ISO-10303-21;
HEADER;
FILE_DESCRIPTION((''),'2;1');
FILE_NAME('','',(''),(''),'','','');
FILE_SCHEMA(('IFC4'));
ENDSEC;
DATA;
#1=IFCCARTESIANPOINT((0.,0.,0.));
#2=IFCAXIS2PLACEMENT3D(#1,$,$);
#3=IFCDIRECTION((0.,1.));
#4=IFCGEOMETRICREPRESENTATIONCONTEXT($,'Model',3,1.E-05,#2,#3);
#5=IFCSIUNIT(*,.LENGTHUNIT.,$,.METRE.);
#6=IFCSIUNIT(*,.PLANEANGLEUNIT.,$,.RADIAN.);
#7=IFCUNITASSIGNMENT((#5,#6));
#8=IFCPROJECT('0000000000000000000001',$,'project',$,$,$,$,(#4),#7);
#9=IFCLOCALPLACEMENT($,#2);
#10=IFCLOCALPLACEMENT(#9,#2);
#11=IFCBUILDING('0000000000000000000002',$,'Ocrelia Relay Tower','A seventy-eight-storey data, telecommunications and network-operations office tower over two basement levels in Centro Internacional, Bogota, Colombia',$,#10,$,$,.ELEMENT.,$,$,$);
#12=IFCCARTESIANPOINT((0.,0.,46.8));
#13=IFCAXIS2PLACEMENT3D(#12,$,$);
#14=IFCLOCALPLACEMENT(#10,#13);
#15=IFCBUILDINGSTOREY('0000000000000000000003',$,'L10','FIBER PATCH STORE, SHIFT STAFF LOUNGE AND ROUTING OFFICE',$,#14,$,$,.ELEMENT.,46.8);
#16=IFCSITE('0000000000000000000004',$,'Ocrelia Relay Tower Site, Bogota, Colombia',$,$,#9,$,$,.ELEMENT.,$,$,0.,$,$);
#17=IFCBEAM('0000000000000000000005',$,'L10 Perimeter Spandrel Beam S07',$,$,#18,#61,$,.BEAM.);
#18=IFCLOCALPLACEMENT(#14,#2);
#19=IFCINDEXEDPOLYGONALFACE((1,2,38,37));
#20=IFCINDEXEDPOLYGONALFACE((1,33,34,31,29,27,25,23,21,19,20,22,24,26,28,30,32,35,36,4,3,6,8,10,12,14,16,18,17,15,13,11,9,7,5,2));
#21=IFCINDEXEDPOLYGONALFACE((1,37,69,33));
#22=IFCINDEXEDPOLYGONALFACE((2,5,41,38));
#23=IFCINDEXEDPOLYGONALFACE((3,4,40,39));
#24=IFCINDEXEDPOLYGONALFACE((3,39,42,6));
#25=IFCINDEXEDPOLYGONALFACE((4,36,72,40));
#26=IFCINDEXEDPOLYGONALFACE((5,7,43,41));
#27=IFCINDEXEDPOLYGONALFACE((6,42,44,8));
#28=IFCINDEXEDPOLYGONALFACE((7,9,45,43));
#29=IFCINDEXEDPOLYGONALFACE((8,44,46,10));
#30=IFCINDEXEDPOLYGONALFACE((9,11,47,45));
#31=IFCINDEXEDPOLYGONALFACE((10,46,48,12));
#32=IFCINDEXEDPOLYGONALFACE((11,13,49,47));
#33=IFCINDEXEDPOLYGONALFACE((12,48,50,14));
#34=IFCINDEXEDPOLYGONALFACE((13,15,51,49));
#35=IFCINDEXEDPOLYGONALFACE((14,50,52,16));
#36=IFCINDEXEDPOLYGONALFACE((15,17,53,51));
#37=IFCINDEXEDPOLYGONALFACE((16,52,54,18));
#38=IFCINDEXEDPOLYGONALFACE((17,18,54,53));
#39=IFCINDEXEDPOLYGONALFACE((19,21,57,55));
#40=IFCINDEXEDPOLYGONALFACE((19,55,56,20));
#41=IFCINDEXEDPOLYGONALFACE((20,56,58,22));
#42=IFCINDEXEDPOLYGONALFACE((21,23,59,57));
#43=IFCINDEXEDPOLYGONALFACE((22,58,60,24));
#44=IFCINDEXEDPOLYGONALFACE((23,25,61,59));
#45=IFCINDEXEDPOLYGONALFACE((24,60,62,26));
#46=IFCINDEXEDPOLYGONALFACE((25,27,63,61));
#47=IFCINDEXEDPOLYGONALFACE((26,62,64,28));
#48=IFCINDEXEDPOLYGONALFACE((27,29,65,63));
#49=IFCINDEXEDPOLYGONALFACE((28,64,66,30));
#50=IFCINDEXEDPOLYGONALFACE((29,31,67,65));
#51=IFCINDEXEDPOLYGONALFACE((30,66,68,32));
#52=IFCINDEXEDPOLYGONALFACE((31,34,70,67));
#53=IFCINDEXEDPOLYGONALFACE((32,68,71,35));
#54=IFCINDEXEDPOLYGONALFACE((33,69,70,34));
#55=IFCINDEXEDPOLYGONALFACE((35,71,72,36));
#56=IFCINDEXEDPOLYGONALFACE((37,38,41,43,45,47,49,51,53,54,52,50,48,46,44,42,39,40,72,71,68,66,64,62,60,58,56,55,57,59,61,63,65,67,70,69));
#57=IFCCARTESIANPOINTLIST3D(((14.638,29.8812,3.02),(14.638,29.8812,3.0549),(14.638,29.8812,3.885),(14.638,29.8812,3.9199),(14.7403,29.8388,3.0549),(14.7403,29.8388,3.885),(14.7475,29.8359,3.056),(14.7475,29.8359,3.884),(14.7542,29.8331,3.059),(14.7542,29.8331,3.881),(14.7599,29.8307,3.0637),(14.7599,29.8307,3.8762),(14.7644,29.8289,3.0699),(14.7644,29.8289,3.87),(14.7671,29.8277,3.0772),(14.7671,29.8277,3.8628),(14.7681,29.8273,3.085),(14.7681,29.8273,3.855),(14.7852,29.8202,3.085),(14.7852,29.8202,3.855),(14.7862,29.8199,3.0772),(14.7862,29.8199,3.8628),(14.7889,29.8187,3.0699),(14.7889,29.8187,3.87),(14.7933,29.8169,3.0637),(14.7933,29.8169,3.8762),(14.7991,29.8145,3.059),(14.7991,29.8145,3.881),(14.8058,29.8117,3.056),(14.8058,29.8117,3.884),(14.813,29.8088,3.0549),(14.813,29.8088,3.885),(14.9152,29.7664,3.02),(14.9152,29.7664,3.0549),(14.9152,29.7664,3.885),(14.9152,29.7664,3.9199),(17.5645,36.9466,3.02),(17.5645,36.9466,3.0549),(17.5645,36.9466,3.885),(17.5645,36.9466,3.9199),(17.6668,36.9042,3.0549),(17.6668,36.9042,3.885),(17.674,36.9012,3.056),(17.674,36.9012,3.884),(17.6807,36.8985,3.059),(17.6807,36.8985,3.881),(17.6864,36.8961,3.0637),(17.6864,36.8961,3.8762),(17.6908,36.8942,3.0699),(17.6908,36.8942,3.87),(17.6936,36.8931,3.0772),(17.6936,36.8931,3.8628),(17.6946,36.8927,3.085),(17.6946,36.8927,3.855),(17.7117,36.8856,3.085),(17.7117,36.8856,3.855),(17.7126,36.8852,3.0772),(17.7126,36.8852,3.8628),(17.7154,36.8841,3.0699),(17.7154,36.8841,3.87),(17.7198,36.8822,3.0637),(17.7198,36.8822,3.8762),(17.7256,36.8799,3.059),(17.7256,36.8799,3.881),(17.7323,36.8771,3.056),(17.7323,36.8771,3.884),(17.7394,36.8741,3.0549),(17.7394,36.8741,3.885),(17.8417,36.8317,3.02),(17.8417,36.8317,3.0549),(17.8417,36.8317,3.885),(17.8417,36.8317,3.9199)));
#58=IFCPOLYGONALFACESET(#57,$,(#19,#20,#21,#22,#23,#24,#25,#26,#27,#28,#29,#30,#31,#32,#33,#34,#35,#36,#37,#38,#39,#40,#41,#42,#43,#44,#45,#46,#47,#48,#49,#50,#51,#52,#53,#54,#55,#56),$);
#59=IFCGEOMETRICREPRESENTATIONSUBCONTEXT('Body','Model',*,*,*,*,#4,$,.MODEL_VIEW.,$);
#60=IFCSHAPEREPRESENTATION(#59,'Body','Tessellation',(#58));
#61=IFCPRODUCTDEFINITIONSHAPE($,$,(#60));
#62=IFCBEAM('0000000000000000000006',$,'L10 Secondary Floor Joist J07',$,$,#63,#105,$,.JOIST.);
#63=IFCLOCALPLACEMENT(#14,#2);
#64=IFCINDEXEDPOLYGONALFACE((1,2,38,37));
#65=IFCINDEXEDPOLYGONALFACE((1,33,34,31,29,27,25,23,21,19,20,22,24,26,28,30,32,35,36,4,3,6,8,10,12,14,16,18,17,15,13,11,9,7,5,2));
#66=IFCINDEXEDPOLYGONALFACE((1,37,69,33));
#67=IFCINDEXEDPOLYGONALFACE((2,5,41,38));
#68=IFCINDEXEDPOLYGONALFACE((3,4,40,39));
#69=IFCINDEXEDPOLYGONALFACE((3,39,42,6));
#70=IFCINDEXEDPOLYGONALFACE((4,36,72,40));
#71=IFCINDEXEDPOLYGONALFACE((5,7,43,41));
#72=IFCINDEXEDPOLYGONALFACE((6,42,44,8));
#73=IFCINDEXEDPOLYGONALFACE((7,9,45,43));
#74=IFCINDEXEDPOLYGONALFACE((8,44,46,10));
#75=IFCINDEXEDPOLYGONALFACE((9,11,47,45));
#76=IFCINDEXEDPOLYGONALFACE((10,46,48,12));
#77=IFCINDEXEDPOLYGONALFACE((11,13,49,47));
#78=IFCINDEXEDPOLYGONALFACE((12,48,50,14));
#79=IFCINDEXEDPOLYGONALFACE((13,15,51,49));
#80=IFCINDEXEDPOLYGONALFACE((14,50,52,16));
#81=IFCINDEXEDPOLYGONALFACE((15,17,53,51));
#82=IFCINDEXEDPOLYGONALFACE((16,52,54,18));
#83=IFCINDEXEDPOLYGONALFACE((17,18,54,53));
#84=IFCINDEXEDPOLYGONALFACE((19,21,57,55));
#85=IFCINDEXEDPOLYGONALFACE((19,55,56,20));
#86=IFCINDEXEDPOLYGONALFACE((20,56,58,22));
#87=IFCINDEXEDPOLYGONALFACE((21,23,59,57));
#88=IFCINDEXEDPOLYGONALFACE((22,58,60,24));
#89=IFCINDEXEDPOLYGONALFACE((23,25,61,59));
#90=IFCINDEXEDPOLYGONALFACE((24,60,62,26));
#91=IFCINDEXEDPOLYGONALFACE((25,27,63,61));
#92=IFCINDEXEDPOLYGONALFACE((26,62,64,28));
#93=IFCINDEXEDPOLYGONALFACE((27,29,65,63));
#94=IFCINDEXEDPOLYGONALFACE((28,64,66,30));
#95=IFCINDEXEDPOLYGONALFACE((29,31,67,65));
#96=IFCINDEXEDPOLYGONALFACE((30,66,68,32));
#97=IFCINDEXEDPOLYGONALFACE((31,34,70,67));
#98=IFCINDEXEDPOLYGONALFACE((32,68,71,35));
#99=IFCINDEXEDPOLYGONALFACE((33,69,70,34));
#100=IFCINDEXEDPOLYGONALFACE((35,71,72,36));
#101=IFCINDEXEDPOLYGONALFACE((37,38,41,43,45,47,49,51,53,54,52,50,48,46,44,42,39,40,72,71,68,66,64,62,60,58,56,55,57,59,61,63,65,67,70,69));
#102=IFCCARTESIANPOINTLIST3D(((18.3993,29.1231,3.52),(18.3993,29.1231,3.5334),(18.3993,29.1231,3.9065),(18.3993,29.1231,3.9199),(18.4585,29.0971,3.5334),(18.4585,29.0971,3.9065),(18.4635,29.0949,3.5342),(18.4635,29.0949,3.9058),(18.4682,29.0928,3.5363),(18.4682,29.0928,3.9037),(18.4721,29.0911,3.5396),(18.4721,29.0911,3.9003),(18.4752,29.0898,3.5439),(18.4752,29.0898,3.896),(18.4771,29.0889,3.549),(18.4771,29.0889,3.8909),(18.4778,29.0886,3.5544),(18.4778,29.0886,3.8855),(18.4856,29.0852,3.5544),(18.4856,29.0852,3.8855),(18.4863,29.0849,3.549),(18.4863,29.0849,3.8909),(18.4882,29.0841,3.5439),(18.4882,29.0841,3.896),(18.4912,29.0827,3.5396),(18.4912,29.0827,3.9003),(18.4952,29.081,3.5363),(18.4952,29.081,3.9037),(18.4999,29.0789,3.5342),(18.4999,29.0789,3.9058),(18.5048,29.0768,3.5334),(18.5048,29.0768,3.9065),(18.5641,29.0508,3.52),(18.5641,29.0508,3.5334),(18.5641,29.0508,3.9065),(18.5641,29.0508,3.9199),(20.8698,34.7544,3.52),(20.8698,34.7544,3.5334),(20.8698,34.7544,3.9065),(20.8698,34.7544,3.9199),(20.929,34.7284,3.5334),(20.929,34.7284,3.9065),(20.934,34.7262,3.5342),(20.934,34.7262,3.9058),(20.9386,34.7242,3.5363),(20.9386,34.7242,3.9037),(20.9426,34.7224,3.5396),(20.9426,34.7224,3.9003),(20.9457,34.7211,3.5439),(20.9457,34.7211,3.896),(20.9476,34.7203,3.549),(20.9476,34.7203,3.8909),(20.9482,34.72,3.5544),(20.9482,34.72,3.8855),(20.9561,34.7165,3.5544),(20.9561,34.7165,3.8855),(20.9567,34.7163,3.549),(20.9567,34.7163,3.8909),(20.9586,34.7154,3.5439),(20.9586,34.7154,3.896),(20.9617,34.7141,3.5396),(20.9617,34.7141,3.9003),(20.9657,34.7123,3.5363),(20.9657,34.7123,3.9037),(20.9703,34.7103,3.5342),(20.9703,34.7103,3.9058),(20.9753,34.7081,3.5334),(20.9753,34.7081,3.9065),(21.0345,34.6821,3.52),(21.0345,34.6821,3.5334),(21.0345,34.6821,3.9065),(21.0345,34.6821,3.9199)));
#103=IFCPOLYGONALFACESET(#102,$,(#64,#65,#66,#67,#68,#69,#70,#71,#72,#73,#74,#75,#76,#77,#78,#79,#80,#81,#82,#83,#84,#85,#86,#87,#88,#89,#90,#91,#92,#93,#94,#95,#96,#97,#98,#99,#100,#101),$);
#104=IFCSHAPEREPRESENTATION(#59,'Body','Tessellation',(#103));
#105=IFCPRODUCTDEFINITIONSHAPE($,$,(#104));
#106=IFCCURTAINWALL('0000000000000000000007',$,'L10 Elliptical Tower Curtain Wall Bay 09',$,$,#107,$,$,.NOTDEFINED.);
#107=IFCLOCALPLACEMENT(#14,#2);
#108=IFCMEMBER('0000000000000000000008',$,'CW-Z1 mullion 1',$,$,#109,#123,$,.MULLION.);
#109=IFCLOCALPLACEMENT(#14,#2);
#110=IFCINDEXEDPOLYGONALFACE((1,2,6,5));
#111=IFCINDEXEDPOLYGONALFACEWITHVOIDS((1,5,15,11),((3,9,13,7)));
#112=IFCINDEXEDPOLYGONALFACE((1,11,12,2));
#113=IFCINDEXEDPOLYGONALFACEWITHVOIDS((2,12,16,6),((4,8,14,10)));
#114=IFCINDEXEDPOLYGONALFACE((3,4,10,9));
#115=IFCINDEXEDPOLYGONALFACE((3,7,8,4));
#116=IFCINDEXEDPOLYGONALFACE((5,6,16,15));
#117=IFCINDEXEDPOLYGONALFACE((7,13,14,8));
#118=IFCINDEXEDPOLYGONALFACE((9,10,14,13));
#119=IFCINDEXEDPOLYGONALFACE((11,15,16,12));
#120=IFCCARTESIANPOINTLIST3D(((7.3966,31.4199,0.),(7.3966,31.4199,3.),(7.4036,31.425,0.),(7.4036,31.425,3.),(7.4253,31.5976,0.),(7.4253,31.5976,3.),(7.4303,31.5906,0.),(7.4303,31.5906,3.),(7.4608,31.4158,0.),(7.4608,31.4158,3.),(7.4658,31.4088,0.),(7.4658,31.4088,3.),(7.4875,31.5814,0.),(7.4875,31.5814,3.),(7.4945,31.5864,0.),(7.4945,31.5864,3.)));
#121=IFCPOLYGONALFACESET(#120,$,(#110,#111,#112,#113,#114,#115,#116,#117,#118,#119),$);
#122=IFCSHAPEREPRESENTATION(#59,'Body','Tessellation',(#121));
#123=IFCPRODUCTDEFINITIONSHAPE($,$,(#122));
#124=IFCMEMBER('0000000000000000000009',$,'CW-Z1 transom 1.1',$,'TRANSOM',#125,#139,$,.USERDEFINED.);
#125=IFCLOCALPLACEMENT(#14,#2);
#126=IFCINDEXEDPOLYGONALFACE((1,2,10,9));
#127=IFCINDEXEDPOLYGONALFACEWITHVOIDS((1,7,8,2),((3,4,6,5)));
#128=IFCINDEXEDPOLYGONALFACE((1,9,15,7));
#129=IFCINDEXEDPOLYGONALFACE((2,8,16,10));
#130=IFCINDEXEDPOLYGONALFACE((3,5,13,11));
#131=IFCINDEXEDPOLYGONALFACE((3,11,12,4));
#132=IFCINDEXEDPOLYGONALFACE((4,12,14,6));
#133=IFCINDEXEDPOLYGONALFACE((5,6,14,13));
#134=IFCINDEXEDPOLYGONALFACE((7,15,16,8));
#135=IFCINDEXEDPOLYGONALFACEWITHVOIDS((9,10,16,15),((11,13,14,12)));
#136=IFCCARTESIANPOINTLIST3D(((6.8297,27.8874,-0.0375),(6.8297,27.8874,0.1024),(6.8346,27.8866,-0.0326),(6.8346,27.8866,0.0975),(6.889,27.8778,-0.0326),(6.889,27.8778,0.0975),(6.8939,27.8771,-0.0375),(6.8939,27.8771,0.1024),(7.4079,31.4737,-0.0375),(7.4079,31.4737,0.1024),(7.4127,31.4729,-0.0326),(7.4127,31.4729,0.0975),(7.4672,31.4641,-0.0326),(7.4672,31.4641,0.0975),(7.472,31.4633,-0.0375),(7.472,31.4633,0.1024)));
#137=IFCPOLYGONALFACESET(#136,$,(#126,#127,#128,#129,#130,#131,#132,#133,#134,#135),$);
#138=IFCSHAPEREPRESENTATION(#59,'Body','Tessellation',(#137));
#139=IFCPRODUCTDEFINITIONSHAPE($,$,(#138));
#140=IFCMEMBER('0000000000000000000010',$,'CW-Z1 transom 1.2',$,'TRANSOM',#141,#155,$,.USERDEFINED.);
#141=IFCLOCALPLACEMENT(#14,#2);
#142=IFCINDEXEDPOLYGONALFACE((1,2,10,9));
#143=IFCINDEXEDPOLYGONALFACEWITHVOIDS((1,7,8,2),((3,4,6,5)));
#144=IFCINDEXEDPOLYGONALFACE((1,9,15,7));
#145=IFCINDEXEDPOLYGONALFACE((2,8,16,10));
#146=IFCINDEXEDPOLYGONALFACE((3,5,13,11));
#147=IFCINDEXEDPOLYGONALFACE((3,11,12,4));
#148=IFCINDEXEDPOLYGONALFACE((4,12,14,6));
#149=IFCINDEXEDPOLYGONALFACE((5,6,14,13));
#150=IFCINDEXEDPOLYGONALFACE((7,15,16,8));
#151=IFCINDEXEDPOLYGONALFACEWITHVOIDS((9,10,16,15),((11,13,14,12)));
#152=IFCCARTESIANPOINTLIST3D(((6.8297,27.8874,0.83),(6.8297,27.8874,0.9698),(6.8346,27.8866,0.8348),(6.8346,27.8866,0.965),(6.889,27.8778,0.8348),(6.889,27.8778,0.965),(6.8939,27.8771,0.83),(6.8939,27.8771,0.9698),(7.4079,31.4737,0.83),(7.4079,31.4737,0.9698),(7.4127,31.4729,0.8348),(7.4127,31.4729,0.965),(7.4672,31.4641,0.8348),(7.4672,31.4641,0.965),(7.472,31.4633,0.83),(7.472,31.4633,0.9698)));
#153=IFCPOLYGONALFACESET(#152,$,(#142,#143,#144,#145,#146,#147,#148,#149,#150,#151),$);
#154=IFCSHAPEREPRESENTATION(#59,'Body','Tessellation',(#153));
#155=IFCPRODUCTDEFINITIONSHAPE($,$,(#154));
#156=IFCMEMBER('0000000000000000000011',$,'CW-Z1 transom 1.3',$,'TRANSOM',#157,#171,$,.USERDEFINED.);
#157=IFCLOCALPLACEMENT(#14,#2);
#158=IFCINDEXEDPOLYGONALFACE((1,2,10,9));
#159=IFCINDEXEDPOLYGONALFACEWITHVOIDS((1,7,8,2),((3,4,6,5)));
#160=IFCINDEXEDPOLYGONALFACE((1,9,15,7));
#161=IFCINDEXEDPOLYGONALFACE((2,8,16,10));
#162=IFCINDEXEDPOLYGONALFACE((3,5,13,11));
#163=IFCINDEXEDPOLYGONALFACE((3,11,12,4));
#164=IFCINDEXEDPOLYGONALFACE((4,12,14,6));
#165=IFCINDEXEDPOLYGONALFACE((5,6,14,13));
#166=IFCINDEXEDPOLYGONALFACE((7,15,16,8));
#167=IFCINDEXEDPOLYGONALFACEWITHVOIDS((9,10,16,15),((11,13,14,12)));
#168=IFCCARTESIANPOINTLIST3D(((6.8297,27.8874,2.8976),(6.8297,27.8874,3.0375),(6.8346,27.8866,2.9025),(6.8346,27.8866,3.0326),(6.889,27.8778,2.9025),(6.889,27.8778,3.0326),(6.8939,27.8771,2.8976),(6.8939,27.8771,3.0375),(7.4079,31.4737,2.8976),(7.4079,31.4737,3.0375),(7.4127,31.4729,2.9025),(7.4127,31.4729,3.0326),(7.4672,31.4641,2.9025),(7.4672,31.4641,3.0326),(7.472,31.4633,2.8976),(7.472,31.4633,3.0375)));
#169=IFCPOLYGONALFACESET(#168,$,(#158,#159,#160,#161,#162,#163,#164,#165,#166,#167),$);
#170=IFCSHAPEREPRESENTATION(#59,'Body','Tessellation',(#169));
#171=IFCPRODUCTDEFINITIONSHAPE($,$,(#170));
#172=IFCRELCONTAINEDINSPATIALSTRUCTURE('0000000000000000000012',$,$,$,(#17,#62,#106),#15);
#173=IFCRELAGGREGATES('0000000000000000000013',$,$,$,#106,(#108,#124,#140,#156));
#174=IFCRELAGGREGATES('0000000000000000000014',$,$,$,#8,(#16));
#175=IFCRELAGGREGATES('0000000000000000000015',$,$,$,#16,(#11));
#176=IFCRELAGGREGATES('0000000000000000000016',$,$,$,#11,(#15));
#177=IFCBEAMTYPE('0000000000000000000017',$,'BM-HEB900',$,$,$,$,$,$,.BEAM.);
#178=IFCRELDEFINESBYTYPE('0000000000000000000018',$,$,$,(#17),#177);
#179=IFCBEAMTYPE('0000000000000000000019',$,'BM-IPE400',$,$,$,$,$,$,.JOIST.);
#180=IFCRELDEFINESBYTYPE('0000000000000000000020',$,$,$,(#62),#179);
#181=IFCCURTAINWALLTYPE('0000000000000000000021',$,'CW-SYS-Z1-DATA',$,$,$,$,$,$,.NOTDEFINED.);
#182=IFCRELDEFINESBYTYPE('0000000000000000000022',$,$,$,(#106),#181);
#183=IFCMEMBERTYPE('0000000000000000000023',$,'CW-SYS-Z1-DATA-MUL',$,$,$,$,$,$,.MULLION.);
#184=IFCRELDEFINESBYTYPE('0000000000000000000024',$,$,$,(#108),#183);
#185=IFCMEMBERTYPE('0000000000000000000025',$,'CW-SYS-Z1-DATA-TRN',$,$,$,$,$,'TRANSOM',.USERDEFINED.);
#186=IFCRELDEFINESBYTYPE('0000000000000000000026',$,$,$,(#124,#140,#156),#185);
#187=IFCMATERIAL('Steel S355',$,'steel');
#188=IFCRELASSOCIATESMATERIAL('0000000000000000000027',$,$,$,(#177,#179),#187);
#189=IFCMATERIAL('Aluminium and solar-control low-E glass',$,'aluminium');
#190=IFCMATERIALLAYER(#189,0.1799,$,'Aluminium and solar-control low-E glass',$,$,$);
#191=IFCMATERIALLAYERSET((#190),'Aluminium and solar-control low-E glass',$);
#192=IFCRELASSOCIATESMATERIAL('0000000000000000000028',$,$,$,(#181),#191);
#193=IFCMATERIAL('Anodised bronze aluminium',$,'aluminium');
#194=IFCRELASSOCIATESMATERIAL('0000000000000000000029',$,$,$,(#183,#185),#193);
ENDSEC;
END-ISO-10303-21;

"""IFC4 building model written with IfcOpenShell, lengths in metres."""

from ifc_helpers import new_model, si_unit, direction, frame, origin, origin_2d, place, context, subcontext, project, spatial, hollow_rectangle, i_section, extrude, material, layer, layer_set, material_profile, profile_set, type_object, element, aggregate, save


model = new_model("IFC4")

# Units and contexts
model_context = context("Model", 3, precision=1e-05, world=origin(), true_north=direction((0.0, 1.0)))
body_context = subcontext(model_context, "Body", "Model", "MODEL_VIEW")
ifc_project = project(units=[si_unit("LENGTHUNIT", "METRE"), si_unit("PLANEANGLEUNIT", "RADIAN")], contexts=[model_context])

# Site, building, storey
site_placement = place(None, origin())
site = spatial("IfcSite", under=ifc_project, at=site_placement, Name="Ocrelia Relay Tower Site, Bogota, Colombia", CompositionType="ELEMENT", RefElevation=0.0)
building_placement = place(site_placement, origin())
building = spatial("IfcBuilding", under=site, at=building_placement, Name="Ocrelia Relay Tower", Description="A seventy-eight-storey data, telecommunications and network-operations office tower over two basement levels in Centro Internacional, Bogota, Colombia", CompositionType="ELEMENT")
storey_placement = place(building_placement, frame((0.0, 0.0, 46.8)))
storey = spatial("IfcBuildingStorey", under=building, at=storey_placement, Name="L10", Description="FIBER PATCH STORE, SHIFT STAFF LOUNGE AND ROUTING OFFICE", CompositionType="ELEMENT", Elevation=46.8)

# Beams
ifc_material_1 = material(Name="Steel S355", Category="steel")
ifc_material_profile_1 = material_profile(ifc_material_1, i_section(OverallWidth=0.3, OverallDepth=0.8999, WebThickness=0.0186, FlangeThickness=0.0349, FilletRadius=0.03, at=origin_2d()), Name="HEB 900")
ifc_profile_set_1 = profile_set([ifc_material_profile_1], Name="Steel S355")
beam_type_1 = type_object("IfcBeamType", Name="BM-HEB900", PredefinedType="BEAM", material=ifc_profile_set_1)
beam_1_placement = place(storey_placement, frame((17.7031, 36.8892, 3.47), z_axis=(-0.382674, -0.923883, 0.0), x_axis=(0.923883, -0.382674, 0.0)))
element("IfcBeam", 1, at=beam_1_placement, inside=storey, type_object=beam_type_1, Name="L10 Perimeter Spandrel Beam S07", PredefinedType="BEAM", context=body_context, shape_type="SweptSolid", body=[
    extrude(i_section(OverallWidth=0.3, OverallDepth=0.8999, WebThickness=0.0186, FlangeThickness=0.0349, FilletRadius=0.03, at=origin_2d()), origin(), (0.0, 0.0, 1.0), 7.6475),
])
ifc_material_profile_2 = material_profile(ifc_material_1, i_section(OverallWidth=0.1799, OverallDepth=0.3999, WebThickness=0.0085, FlangeThickness=0.0134, FilletRadius=0.021, at=origin_2d()), Name="IPE 400")
ifc_profile_set_2 = profile_set([ifc_material_profile_2], Name="Steel S355")
beam_type_2 = type_object("IfcBeamType", Name="BM-IPE400", PredefinedType="JOIST", material=ifc_profile_set_2)
beam_2_placement = place(storey_placement, frame((20.9521, 34.7183, 3.72), z_axis=(-0.401739, -0.915754, 0.0), x_axis=(0.915754, -0.401739, 0.0)))
element("IfcBeam", 2, at=beam_2_placement, inside=storey, type_object=beam_type_2, Name="L10 Secondary Floor Joist J07", PredefinedType="JOIST", context=body_context, shape_type="SweptSolid", body=[
    extrude(i_section(OverallWidth=0.1799, OverallDepth=0.3999, WebThickness=0.0085, FlangeThickness=0.0134, FilletRadius=0.021, at=origin_2d()), origin(), (0.0, 0.0, 1.0), 6.1494),
])

# Curtain wall, members
ifc_material_2 = material(Name="Aluminium and solar-control low-E glass", Category="aluminium")
ifc_layer_1 = layer(ifc_material_2, 0.1799, Name="Aluminium and solar-control low-E glass")
ifc_layer_set_1 = layer_set([ifc_layer_1], Name="Aluminium and solar-control low-E glass")
curtain_wall_type = type_object("IfcCurtainWallType", Name="CW-SYS-Z1-DATA", PredefinedType="NOTDEFINED", material=ifc_layer_set_1)
curtain_wall_placement = place(storey_placement, origin())
curtain_wall = element("IfcCurtainWall", 3, at=curtain_wall_placement, inside=storey, type_object=curtain_wall_type, Name="L10 Elliptical Tower Curtain Wall Bay 09", PredefinedType="NOTDEFINED")
ifc_material_3 = material(Name="Anodised bronze aluminium", Category="aluminium")
ifc_material_profile_3 = material_profile(ifc_material_3, hollow_rectangle(XDim=0.0701, YDim=0.1799, WallThickness=0.0061, at=origin_2d()), Name="CW-MUL-180x70")
ifc_profile_set_3 = profile_set([ifc_material_profile_3], Name="Anodised bronze aluminium")
member_type_1 = type_object("IfcMemberType", Name="CW-SYS-Z1-DATA-MUL", PredefinedType="MULLION", material=ifc_profile_set_3)
member_1_placement = place(storey_placement, frame((7.4456, 31.5032, 0.0), z_axis=(0.0, 0.0, 1.0), x_axis=(0.987246, -0.159201, 0.0)))
member_1 = element("IfcMember", 4, at=member_1_placement, type_object=member_type_1, Name="CW-Z1 mullion 1", PredefinedType="MULLION", context=body_context, shape_type="SweptSolid", body=[
    extrude(hollow_rectangle(XDim=0.0701, YDim=0.1799, WallThickness=0.0061, at=origin_2d()), origin(), (0.0, 0.0, 1.0), 3.0),
])
ifc_material_profile_4 = material_profile(ifc_material_3, hollow_rectangle(XDim=0.0649, YDim=0.1399, WallThickness=0.0049, at=origin_2d()), Name="CW-TRN-140x65")
ifc_profile_set_4 = profile_set([ifc_material_profile_4], Name="Anodised bronze aluminium")
member_type_2 = type_object("IfcMemberType", Name="CW-SYS-Z1-DATA-TRN", ElementType="TRANSOM", PredefinedType="USERDEFINED", material=ifc_profile_set_4)
member_2_placement = place(storey_placement, frame((7.4399, 31.4685, 0.0325), z_axis=(-0.159154, -0.987254, 0.0), x_axis=(0.987254, -0.159154, 0.0)))
member_2 = element("IfcMember", 5, at=member_2_placement, type_object=member_type_2, Name="CW-Z1 transom 1.1", ObjectType="TRANSOM", PredefinedType="USERDEFINED", context=body_context, shape_type="SweptSolid", body=[
    extrude(hollow_rectangle(XDim=0.0649, YDim=0.1399, WallThickness=0.0049, at=origin_2d()), origin(), (0.0, 0.0, 1.0), 3.6326),
])
member_3_placement = place(storey_placement, frame((7.4399, 31.4685, 0.8999), z_axis=(-0.159154, -0.987254, 0.0), x_axis=(0.987254, -0.159154, 0.0)))
member_3 = element("IfcMember", 6, at=member_3_placement, type_object=member_type_2, Name="CW-Z1 transom 1.2", ObjectType="TRANSOM", PredefinedType="USERDEFINED", context=body_context, shape_type="SweptSolid", body=[
    extrude(hollow_rectangle(XDim=0.0649, YDim=0.1399, WallThickness=0.0049, at=origin_2d()), origin(), (0.0, 0.0, 1.0), 3.6326),
])
member_4_placement = place(storey_placement, frame((7.4399, 31.4685, 2.9675), z_axis=(-0.159154, -0.987254, 0.0), x_axis=(0.987254, -0.159154, 0.0)))
member_4 = element("IfcMember", 7, at=member_4_placement, type_object=member_type_2, Name="CW-Z1 transom 1.3", ObjectType="TRANSOM", PredefinedType="USERDEFINED", context=body_context, shape_type="SweptSolid", body=[
    extrude(hollow_rectangle(XDim=0.0649, YDim=0.1399, WallThickness=0.0049, at=origin_2d()), origin(), (0.0, 0.0, 1.0), 3.6326),
])
aggregate(curtain_wall, [member_1, member_2, member_3, member_4])

save(model, "model.ifc")
